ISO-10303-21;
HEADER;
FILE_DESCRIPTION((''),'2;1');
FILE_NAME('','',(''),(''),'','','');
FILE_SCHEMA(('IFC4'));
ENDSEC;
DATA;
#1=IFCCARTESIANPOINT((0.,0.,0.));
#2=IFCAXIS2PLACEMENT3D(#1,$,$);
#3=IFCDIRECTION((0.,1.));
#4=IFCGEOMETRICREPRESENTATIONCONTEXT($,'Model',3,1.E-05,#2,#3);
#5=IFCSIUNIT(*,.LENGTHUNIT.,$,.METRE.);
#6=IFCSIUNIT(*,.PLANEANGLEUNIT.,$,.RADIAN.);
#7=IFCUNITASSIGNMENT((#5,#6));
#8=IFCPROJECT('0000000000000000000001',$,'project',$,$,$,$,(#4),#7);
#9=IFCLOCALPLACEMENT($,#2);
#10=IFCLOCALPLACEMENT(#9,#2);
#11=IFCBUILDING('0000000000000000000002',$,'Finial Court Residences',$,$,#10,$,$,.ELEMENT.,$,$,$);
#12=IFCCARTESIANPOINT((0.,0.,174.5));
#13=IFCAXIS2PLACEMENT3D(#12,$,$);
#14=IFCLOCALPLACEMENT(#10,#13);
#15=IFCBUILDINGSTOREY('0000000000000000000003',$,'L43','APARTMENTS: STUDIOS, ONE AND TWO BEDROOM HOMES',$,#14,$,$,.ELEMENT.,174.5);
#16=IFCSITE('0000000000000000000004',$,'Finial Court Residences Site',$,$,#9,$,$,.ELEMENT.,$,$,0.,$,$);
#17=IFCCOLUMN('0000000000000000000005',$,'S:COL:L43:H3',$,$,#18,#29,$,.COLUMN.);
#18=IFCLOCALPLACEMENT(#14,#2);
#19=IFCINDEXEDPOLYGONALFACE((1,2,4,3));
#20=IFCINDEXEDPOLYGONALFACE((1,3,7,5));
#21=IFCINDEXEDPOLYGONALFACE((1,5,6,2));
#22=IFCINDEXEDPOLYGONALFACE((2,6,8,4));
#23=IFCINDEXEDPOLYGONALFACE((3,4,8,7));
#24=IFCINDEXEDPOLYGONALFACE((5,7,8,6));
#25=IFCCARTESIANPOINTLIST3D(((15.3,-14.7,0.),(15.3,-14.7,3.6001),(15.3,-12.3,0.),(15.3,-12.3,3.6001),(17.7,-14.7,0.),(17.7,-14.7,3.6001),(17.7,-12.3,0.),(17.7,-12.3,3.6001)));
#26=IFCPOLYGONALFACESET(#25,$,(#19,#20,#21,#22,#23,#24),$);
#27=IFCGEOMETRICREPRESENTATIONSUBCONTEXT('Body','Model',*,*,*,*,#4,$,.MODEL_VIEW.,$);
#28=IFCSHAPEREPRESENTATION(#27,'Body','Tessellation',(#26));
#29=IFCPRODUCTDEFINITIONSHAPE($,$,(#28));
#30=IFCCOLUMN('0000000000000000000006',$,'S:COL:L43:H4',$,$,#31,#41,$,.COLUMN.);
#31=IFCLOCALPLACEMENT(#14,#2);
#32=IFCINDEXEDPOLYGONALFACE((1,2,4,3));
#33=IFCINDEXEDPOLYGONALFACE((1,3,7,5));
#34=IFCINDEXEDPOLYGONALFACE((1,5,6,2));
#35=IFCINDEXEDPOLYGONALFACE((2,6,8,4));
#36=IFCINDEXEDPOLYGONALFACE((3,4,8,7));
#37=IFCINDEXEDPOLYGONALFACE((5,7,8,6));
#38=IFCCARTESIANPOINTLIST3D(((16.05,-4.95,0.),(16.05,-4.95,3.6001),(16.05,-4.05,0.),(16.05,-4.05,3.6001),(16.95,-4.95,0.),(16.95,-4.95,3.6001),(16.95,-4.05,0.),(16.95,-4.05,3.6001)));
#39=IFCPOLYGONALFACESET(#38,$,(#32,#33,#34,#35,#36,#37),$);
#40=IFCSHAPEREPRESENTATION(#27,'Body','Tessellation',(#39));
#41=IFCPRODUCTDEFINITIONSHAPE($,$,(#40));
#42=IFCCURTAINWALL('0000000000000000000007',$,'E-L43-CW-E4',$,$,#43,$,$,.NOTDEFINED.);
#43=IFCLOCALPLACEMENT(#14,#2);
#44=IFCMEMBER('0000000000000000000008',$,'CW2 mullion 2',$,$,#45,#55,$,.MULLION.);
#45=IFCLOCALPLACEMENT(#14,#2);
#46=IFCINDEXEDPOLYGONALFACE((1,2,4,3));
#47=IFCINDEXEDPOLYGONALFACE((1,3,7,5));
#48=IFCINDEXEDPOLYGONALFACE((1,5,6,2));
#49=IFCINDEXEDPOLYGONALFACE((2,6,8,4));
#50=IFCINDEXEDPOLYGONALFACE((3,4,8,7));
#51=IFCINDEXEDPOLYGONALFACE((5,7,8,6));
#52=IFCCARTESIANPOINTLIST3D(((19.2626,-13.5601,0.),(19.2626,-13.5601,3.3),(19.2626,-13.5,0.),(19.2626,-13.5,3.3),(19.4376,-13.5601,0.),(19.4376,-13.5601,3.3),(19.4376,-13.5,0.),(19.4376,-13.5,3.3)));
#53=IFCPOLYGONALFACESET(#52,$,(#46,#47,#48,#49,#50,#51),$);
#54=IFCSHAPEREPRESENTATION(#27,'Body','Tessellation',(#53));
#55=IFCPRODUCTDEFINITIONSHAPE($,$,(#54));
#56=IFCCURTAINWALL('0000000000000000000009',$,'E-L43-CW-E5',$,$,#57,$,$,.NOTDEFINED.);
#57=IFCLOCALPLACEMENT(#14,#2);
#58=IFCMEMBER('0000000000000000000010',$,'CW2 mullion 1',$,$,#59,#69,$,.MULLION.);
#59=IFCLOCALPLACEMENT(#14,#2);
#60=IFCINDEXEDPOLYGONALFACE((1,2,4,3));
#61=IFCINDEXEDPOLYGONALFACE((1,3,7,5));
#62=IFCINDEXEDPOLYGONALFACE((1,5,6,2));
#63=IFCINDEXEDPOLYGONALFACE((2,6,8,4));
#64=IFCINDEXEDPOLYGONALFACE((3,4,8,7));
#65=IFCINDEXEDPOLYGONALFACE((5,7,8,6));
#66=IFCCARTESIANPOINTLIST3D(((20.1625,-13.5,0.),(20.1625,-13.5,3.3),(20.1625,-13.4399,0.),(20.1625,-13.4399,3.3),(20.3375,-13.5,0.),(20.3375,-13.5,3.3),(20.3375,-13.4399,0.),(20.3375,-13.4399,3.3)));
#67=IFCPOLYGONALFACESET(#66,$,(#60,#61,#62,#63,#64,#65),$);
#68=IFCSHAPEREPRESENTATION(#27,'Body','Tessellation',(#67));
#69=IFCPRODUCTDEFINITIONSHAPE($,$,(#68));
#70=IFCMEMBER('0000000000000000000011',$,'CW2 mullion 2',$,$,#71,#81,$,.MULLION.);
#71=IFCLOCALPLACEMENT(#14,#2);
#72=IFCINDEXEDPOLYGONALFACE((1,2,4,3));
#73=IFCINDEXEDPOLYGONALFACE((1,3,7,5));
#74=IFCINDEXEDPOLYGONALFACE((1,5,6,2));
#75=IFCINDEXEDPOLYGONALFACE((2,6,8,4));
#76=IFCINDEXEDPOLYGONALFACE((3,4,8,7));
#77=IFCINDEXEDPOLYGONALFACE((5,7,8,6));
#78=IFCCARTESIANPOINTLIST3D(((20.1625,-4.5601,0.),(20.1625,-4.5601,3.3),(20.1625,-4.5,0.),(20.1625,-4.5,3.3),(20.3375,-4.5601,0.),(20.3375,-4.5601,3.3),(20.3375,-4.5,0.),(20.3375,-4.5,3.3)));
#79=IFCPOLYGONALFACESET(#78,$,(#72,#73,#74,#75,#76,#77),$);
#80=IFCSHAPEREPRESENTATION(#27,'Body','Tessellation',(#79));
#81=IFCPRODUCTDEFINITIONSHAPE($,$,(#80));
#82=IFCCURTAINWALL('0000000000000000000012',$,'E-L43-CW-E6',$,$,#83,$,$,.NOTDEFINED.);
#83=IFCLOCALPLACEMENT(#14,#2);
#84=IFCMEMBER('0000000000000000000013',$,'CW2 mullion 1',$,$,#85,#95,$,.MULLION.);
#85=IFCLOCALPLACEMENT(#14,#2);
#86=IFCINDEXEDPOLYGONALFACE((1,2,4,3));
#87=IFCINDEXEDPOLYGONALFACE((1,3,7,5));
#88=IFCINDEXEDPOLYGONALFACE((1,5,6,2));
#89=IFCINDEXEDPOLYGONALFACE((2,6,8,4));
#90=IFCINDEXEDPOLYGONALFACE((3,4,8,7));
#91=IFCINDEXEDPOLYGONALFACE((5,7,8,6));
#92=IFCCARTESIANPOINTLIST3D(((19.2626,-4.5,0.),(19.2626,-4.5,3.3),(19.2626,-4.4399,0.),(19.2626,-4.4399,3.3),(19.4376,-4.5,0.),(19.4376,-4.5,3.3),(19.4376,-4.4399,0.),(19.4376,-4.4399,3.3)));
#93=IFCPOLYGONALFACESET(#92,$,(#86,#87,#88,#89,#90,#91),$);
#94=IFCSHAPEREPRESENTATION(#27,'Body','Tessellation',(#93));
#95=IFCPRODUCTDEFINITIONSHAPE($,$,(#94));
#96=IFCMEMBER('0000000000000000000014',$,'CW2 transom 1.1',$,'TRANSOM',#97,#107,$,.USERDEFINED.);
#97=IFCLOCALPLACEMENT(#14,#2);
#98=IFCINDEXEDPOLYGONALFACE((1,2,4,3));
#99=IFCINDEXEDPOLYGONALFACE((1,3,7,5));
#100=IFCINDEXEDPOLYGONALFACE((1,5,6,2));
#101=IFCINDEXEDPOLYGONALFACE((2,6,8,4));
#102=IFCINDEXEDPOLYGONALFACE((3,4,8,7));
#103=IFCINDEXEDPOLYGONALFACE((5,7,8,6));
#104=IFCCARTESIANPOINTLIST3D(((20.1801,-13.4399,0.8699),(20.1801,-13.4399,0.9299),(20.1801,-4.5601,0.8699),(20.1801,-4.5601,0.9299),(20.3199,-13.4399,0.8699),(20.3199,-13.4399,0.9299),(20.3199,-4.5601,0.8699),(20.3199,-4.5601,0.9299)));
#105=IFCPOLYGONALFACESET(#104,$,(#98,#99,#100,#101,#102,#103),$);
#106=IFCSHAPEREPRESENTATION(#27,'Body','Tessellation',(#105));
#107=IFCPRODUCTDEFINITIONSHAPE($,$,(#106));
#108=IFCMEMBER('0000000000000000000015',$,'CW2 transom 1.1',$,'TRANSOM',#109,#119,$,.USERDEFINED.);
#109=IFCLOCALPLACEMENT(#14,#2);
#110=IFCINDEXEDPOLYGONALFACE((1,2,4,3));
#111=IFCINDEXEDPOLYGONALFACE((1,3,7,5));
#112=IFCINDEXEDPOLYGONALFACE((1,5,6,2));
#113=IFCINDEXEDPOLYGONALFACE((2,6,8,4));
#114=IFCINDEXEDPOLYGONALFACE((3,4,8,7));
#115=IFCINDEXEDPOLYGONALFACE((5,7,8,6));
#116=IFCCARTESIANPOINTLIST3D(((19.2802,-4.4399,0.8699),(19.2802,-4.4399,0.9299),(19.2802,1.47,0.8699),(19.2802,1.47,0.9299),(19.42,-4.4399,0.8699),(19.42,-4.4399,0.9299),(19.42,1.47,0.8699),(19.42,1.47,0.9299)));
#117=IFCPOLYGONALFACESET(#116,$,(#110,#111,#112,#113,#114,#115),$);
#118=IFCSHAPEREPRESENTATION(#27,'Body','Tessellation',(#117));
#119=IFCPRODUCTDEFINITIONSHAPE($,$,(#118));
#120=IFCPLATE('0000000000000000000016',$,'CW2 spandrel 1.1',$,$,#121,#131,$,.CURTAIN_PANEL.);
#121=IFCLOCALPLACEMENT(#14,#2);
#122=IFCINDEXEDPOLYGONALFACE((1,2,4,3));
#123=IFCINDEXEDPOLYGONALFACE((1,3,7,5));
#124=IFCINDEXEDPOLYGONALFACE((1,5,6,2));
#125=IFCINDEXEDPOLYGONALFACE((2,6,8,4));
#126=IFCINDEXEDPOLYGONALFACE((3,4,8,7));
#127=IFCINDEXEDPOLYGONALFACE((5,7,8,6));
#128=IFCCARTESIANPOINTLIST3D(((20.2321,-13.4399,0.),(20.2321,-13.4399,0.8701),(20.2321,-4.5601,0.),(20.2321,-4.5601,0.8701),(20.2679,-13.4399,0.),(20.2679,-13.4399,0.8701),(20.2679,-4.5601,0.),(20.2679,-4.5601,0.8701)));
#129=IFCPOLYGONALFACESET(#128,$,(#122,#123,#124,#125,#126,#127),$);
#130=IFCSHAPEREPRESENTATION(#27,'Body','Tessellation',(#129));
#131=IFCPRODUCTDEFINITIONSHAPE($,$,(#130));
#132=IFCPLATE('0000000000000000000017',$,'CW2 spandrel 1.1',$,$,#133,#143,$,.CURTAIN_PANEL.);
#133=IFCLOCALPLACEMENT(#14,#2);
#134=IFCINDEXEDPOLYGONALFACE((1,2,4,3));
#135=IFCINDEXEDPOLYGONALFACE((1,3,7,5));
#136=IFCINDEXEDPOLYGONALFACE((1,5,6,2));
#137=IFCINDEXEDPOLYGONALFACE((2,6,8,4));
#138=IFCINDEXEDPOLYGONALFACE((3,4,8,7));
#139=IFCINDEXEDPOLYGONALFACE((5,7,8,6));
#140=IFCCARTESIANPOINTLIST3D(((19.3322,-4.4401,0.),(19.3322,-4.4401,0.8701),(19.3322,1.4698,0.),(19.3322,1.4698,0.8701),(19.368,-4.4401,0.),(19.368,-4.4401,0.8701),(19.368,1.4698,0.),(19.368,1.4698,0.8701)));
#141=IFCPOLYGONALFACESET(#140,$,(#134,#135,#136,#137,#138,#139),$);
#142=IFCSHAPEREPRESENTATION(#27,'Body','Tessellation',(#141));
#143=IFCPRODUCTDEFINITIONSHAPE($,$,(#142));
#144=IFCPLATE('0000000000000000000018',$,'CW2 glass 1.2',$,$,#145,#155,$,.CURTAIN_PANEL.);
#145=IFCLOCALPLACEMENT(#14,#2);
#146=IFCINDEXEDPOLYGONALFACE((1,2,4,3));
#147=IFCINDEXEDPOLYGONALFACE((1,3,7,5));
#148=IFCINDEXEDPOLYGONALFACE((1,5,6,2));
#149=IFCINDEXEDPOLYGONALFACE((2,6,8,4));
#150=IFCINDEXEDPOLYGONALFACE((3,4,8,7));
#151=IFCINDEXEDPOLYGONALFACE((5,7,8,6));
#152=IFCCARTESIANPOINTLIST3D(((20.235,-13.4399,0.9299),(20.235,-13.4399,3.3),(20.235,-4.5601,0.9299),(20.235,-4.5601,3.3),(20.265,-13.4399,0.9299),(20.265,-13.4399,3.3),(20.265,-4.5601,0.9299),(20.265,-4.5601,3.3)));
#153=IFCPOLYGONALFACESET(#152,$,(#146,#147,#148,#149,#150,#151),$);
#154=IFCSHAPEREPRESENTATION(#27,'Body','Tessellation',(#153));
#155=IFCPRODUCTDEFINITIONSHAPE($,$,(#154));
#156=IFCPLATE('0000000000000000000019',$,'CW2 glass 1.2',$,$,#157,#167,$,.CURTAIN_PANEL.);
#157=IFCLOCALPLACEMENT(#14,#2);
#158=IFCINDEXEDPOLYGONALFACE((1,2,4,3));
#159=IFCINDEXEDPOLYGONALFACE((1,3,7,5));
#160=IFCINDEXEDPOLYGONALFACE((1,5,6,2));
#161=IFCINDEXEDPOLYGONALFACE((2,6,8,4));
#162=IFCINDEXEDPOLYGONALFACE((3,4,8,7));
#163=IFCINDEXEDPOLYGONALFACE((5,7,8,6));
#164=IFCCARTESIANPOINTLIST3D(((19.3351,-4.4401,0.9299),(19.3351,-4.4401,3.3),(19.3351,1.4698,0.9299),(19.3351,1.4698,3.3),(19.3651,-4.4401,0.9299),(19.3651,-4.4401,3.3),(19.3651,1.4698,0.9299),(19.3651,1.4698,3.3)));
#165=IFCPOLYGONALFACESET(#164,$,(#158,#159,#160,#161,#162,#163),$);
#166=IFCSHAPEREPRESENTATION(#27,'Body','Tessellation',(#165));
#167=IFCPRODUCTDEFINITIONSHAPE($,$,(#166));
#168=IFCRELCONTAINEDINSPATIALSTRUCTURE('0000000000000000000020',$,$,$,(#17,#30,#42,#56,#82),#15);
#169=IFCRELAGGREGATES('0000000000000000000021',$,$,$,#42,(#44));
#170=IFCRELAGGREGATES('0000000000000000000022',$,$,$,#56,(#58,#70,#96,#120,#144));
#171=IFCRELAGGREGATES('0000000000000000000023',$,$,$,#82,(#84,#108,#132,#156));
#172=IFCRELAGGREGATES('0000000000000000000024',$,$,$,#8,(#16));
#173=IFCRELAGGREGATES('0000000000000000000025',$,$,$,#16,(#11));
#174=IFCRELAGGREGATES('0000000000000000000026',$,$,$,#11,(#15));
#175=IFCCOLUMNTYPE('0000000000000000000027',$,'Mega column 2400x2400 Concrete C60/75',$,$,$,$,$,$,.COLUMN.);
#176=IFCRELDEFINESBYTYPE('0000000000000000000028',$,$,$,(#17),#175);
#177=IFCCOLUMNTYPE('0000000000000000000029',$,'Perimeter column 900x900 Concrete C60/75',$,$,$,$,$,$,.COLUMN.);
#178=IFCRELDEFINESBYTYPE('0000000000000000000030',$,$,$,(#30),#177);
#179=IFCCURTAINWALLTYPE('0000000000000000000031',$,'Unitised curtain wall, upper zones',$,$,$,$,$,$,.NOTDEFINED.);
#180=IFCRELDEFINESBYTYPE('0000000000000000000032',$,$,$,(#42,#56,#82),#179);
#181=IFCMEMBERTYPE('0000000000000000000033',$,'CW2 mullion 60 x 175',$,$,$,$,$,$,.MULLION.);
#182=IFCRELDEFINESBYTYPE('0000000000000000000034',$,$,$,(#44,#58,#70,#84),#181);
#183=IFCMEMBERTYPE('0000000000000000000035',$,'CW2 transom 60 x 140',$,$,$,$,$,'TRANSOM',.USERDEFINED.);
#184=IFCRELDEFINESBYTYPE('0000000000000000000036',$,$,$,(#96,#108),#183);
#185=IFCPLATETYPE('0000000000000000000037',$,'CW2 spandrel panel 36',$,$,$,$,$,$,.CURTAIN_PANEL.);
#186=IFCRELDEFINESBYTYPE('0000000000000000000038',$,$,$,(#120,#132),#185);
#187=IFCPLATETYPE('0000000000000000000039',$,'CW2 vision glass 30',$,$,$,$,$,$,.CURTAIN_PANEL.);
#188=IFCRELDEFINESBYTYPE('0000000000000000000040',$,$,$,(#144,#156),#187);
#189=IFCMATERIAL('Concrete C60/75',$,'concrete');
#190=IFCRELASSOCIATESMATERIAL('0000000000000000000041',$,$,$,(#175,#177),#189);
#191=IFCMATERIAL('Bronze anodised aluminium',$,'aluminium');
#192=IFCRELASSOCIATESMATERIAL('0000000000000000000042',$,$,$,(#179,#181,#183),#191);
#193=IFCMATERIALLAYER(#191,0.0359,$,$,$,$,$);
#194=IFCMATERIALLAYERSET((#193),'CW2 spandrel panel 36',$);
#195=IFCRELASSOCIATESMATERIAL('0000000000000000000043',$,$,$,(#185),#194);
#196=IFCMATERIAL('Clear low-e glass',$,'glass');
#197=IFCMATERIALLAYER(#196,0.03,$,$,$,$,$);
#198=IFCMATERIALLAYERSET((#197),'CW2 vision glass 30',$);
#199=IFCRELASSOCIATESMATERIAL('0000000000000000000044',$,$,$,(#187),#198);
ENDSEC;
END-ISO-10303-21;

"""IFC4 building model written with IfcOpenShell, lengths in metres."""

from ifc_helpers import new_model, si_unit, direction, frame, origin, origin_2d, place, context, subcontext, project, spatial, rectangle, extrude, material, layer, layer_set, material_profile, profile_set, type_object, element, aggregate, save


model = new_model("IFC4")

# Units and contexts
model_context = context("Model", 3, precision=1e-05, world=origin(), true_north=direction((0.0, 1.0)))
body_context = subcontext(model_context, "Body", "Model", "MODEL_VIEW")
ifc_project = project(units=[si_unit("LENGTHUNIT", "METRE"), si_unit("PLANEANGLEUNIT", "RADIAN")], contexts=[model_context])

# Site, building, storey
site_placement = place(None, origin())
site = spatial("IfcSite", under=ifc_project, at=site_placement, Name="Finial Court Residences Site", CompositionType="ELEMENT", RefElevation=0.0)
building_placement = place(site_placement, origin())
building = spatial("IfcBuilding", under=site, at=building_placement, Name="Finial Court Residences", CompositionType="ELEMENT")
storey_placement = place(building_placement, frame((0.0, 0.0, 174.5)))
storey = spatial("IfcBuildingStorey", under=building, at=storey_placement, Name="L43", Description="APARTMENTS: STUDIOS, ONE AND TWO BEDROOM HOMES", CompositionType="ELEMENT", Elevation=174.5)

# Columns
ifc_material_1 = material(Name="Concrete C60/75", Category="concrete")
ifc_material_profile_1 = material_profile(ifc_material_1, rectangle(XDim=2.3999, YDim=2.3999, at=origin_2d()), Name="2400x2400")
ifc_profile_set_1 = profile_set([ifc_material_profile_1], Name="Concrete C60/75")
column_type_1 = type_object("IfcColumnType", Name="Mega column 2400x2400 Concrete C60/75", PredefinedType="COLUMN", material=ifc_profile_set_1)
column_1_placement = place(storey_placement, frame((16.5, -13.5, 0.0), z_axis=(0.0, 0.0, 1.0), x_axis=(1.0, 0.0, 0.0)))
element("IfcColumn", 1, at=column_1_placement, inside=storey, type_object=column_type_1, Name="S:COL:L43:H3", PredefinedType="COLUMN", context=body_context, shape_type="SweptSolid", body=[
    extrude(rectangle(XDim=2.3999, YDim=2.3999, at=origin_2d()), origin(), (0.0, 0.0, 1.0), 3.6001),
])
ifc_material_profile_2 = material_profile(ifc_material_1, rectangle(XDim=0.8999, YDim=0.8999, at=origin_2d()), Name="900x900")
ifc_profile_set_2 = profile_set([ifc_material_profile_2], Name="Concrete C60/75")
column_type_2 = type_object("IfcColumnType", Name="Perimeter column 900x900 Concrete C60/75", PredefinedType="COLUMN", material=ifc_profile_set_2)
column_2_placement = place(storey_placement, frame((16.5, -4.5, 0.0), z_axis=(0.0, 0.0, 1.0), x_axis=(1.0, 0.0, 0.0)))
element("IfcColumn", 2, at=column_2_placement, inside=storey, type_object=column_type_2, Name="S:COL:L43:H4", PredefinedType="COLUMN", context=body_context, shape_type="SweptSolid", body=[
    extrude(rectangle(XDim=0.8999, YDim=0.8999, at=origin_2d()), origin(), (0.0, 0.0, 1.0), 3.6001),
])

# Curtain wall, member
ifc_material_2 = material(Name="Bronze anodised aluminium", Category="aluminium")
curtain_wall_type = type_object("IfcCurtainWallType", Name="Unitised curtain wall, upper zones", PredefinedType="NOTDEFINED", material=ifc_material_2)
curtain_wall_1_placement = place(storey_placement, origin())
curtain_wall_1 = element("IfcCurtainWall", 3, at=curtain_wall_1_placement, inside=storey, type_object=curtain_wall_type, Name="E-L43-CW-E4", PredefinedType="NOTDEFINED")
ifc_material_profile_3 = material_profile(ifc_material_2, rectangle(XDim=0.175, YDim=0.0601, at=origin_2d()), Name="CW2 mullion 60 x 175")
ifc_profile_set_3 = profile_set([ifc_material_profile_3], Name="Bronze anodised aluminium")
member_type_1 = type_object("IfcMemberType", Name="CW2 mullion 60 x 175", PredefinedType="MULLION", material=ifc_profile_set_3)
member_1_placement = place(storey_placement, frame((19.3501, -13.53, 0.0), z_axis=(0.0, 0.0, 1.0), x_axis=(-1.0, 0.0, 0.0)))
member_1 = element("IfcMember", 4, at=member_1_placement, type_object=member_type_1, Name="CW2 mullion 2", PredefinedType="MULLION", context=body_context, shape_type="SweptSolid", body=[
    extrude(rectangle(XDim=0.175, YDim=0.0601, at=origin_2d()), origin(), (0.0, 0.0, 1.0), 3.3),
])
aggregate(curtain_wall_1, [member_1])

# Curtain wall, members
curtain_wall_2_placement = place(storey_placement, origin())
curtain_wall_2 = element("IfcCurtainWall", 5, at=curtain_wall_2_placement, inside=storey, type_object=curtain_wall_type, Name="E-L43-CW-E5", PredefinedType="NOTDEFINED")
member_2_placement = place(storey_placement, frame((20.25, -13.47, 0.0), z_axis=(0.0, 0.0, 1.0), x_axis=(-1.0, 0.0, 0.0)))
member_2 = element("IfcMember", 6, at=member_2_placement, type_object=member_type_1, Name="CW2 mullion 1", PredefinedType="MULLION", context=body_context, shape_type="SweptSolid", body=[
    extrude(rectangle(XDim=0.175, YDim=0.0601, at=origin_2d()), origin(), (0.0, 0.0, 1.0), 3.3),
])
member_3_placement = place(storey_placement, frame((20.25, -4.53, 0.0), z_axis=(0.0, 0.0, 1.0), x_axis=(-1.0, 0.0, 0.0)))
member_3 = element("IfcMember", 7, at=member_3_placement, type_object=member_type_1, Name="CW2 mullion 2", PredefinedType="MULLION", context=body_context, shape_type="SweptSolid", body=[
    extrude(rectangle(XDim=0.175, YDim=0.0601, at=origin_2d()), origin(), (0.0, 0.0, 1.0), 3.3),
])

# Curtain wall, member
curtain_wall_3_placement = place(storey_placement, origin())
curtain_wall_3 = element("IfcCurtainWall", 8, at=curtain_wall_3_placement, inside=storey, type_object=curtain_wall_type, Name="E-L43-CW-E6", PredefinedType="NOTDEFINED")
member_4_placement = place(storey_placement, frame((19.3501, -4.47, 0.0), z_axis=(0.0, 0.0, 1.0), x_axis=(-1.0, 0.0, 0.0)))
member_4 = element("IfcMember", 9, at=member_4_placement, type_object=member_type_1, Name="CW2 mullion 1", PredefinedType="MULLION", context=body_context, shape_type="SweptSolid", body=[
    extrude(rectangle(XDim=0.175, YDim=0.0601, at=origin_2d()), origin(), (0.0, 0.0, 1.0), 3.3),
])

# Members
ifc_material_profile_4 = material_profile(ifc_material_2, rectangle(XDim=0.1399, YDim=0.0601, at=origin_2d()), Name="CW2 transom 60 x 140")
ifc_profile_set_4 = profile_set([ifc_material_profile_4], Name="Bronze anodised aluminium")
member_type_2 = type_object("IfcMemberType", Name="CW2 transom 60 x 140", ElementType="TRANSOM", PredefinedType="USERDEFINED", material=ifc_profile_set_4)
member_5_placement = place(storey_placement, frame((20.25, -13.4399, 0.8999), z_axis=(0.0, 1.0, 0.0), x_axis=(-1.0, 0.0, 0.0)))
member_5 = element("IfcMember", 10, at=member_5_placement, type_object=member_type_2, Name="CW2 transom 1.1", ObjectType="TRANSOM", PredefinedType="USERDEFINED", context=body_context, shape_type="SweptSolid", body=[
    extrude(rectangle(XDim=0.1399, YDim=0.0601, at=origin_2d()), origin(), (0.0, 0.0, 1.0), 8.8799),
])
member_6_placement = place(storey_placement, frame((19.3501, -4.4399, 0.8999), z_axis=(0.0, 1.0, 0.0), x_axis=(-1.0, 0.0, 0.0)))
member_6 = element("IfcMember", 11, at=member_6_placement, type_object=member_type_2, Name="CW2 transom 1.1", ObjectType="TRANSOM", PredefinedType="USERDEFINED", context=body_context, shape_type="SweptSolid", body=[
    extrude(rectangle(XDim=0.1399, YDim=0.0601, at=origin_2d()), origin(), (0.0, 0.0, 1.0), 5.9099),
])

# Plates
ifc_layer_1 = layer(ifc_material_2, 0.0359)
ifc_layer_set_1 = layer_set([ifc_layer_1], Name="CW2 spandrel panel 36")
plate_type_1 = type_object("IfcPlateType", Name="CW2 spandrel panel 36", PredefinedType="CURTAIN_PANEL", material=ifc_layer_set_1)
plate_1_placement = place(storey_placement, frame((20.25, -9.0, 0.0), z_axis=(0.0, 0.0, 1.0), x_axis=(0.0, 1.0, 0.0)))
plate_1 = element("IfcPlate", 12, at=plate_1_placement, type_object=plate_type_1, Name="CW2 spandrel 1.1", PredefinedType="CURTAIN_PANEL", context=body_context, shape_type="SweptSolid", body=[
    extrude(rectangle(XDim=8.8799, YDim=0.0359, at=origin_2d()), origin(), (0.0, 0.0, 1.0), 0.8701),
])
plate_2_placement = place(storey_placement, frame((19.3501, -1.4851, 0.0), z_axis=(0.0, 0.0, 1.0), x_axis=(0.0, 1.0, 0.0)))
plate_2 = element("IfcPlate", 13, at=plate_2_placement, type_object=plate_type_1, Name="CW2 spandrel 1.1", PredefinedType="CURTAIN_PANEL", context=body_context, shape_type="SweptSolid", body=[
    extrude(rectangle(XDim=5.9099, YDim=0.0359, at=origin_2d()), origin(), (0.0, 0.0, 1.0), 0.8701),
])
ifc_material_3 = material(Name="Clear low-e glass", Category="glass")
ifc_layer_2 = layer(ifc_material_3, 0.03)
ifc_layer_set_2 = layer_set([ifc_layer_2], Name="CW2 vision glass 30")
plate_type_2 = type_object("IfcPlateType", Name="CW2 vision glass 30", PredefinedType="CURTAIN_PANEL", material=ifc_layer_set_2)
plate_3_placement = place(storey_placement, frame((20.25, -9.0, 0.9299), z_axis=(0.0, 0.0, 1.0), x_axis=(0.0, 1.0, 0.0)))
plate_3 = element("IfcPlate", 14, at=plate_3_placement, type_object=plate_type_2, Name="CW2 glass 1.2", PredefinedType="CURTAIN_PANEL", context=body_context, shape_type="SweptSolid", body=[
    extrude(rectangle(XDim=8.8799, YDim=0.03, at=origin_2d()), origin(), (0.0, 0.0, 1.0), 2.3701),
])
aggregate(curtain_wall_2, [member_2, member_3, member_5, plate_1, plate_3])
plate_4_placement = place(storey_placement, frame((19.3501, -1.4851, 0.9299), z_axis=(0.0, 0.0, 1.0), x_axis=(0.0, 1.0, 0.0)))
plate_4 = element("IfcPlate", 15, at=plate_4_placement, type_object=plate_type_2, Name="CW2 glass 1.2", PredefinedType="CURTAIN_PANEL", context=body_context, shape_type="SweptSolid", body=[
    extrude(rectangle(XDim=5.9099, YDim=0.03, at=origin_2d()), origin(), (0.0, 0.0, 1.0), 2.3701),
])
aggregate(curtain_wall_3, [member_4, member_6, plate_2, plate_4])

save(model, "model.ifc")
